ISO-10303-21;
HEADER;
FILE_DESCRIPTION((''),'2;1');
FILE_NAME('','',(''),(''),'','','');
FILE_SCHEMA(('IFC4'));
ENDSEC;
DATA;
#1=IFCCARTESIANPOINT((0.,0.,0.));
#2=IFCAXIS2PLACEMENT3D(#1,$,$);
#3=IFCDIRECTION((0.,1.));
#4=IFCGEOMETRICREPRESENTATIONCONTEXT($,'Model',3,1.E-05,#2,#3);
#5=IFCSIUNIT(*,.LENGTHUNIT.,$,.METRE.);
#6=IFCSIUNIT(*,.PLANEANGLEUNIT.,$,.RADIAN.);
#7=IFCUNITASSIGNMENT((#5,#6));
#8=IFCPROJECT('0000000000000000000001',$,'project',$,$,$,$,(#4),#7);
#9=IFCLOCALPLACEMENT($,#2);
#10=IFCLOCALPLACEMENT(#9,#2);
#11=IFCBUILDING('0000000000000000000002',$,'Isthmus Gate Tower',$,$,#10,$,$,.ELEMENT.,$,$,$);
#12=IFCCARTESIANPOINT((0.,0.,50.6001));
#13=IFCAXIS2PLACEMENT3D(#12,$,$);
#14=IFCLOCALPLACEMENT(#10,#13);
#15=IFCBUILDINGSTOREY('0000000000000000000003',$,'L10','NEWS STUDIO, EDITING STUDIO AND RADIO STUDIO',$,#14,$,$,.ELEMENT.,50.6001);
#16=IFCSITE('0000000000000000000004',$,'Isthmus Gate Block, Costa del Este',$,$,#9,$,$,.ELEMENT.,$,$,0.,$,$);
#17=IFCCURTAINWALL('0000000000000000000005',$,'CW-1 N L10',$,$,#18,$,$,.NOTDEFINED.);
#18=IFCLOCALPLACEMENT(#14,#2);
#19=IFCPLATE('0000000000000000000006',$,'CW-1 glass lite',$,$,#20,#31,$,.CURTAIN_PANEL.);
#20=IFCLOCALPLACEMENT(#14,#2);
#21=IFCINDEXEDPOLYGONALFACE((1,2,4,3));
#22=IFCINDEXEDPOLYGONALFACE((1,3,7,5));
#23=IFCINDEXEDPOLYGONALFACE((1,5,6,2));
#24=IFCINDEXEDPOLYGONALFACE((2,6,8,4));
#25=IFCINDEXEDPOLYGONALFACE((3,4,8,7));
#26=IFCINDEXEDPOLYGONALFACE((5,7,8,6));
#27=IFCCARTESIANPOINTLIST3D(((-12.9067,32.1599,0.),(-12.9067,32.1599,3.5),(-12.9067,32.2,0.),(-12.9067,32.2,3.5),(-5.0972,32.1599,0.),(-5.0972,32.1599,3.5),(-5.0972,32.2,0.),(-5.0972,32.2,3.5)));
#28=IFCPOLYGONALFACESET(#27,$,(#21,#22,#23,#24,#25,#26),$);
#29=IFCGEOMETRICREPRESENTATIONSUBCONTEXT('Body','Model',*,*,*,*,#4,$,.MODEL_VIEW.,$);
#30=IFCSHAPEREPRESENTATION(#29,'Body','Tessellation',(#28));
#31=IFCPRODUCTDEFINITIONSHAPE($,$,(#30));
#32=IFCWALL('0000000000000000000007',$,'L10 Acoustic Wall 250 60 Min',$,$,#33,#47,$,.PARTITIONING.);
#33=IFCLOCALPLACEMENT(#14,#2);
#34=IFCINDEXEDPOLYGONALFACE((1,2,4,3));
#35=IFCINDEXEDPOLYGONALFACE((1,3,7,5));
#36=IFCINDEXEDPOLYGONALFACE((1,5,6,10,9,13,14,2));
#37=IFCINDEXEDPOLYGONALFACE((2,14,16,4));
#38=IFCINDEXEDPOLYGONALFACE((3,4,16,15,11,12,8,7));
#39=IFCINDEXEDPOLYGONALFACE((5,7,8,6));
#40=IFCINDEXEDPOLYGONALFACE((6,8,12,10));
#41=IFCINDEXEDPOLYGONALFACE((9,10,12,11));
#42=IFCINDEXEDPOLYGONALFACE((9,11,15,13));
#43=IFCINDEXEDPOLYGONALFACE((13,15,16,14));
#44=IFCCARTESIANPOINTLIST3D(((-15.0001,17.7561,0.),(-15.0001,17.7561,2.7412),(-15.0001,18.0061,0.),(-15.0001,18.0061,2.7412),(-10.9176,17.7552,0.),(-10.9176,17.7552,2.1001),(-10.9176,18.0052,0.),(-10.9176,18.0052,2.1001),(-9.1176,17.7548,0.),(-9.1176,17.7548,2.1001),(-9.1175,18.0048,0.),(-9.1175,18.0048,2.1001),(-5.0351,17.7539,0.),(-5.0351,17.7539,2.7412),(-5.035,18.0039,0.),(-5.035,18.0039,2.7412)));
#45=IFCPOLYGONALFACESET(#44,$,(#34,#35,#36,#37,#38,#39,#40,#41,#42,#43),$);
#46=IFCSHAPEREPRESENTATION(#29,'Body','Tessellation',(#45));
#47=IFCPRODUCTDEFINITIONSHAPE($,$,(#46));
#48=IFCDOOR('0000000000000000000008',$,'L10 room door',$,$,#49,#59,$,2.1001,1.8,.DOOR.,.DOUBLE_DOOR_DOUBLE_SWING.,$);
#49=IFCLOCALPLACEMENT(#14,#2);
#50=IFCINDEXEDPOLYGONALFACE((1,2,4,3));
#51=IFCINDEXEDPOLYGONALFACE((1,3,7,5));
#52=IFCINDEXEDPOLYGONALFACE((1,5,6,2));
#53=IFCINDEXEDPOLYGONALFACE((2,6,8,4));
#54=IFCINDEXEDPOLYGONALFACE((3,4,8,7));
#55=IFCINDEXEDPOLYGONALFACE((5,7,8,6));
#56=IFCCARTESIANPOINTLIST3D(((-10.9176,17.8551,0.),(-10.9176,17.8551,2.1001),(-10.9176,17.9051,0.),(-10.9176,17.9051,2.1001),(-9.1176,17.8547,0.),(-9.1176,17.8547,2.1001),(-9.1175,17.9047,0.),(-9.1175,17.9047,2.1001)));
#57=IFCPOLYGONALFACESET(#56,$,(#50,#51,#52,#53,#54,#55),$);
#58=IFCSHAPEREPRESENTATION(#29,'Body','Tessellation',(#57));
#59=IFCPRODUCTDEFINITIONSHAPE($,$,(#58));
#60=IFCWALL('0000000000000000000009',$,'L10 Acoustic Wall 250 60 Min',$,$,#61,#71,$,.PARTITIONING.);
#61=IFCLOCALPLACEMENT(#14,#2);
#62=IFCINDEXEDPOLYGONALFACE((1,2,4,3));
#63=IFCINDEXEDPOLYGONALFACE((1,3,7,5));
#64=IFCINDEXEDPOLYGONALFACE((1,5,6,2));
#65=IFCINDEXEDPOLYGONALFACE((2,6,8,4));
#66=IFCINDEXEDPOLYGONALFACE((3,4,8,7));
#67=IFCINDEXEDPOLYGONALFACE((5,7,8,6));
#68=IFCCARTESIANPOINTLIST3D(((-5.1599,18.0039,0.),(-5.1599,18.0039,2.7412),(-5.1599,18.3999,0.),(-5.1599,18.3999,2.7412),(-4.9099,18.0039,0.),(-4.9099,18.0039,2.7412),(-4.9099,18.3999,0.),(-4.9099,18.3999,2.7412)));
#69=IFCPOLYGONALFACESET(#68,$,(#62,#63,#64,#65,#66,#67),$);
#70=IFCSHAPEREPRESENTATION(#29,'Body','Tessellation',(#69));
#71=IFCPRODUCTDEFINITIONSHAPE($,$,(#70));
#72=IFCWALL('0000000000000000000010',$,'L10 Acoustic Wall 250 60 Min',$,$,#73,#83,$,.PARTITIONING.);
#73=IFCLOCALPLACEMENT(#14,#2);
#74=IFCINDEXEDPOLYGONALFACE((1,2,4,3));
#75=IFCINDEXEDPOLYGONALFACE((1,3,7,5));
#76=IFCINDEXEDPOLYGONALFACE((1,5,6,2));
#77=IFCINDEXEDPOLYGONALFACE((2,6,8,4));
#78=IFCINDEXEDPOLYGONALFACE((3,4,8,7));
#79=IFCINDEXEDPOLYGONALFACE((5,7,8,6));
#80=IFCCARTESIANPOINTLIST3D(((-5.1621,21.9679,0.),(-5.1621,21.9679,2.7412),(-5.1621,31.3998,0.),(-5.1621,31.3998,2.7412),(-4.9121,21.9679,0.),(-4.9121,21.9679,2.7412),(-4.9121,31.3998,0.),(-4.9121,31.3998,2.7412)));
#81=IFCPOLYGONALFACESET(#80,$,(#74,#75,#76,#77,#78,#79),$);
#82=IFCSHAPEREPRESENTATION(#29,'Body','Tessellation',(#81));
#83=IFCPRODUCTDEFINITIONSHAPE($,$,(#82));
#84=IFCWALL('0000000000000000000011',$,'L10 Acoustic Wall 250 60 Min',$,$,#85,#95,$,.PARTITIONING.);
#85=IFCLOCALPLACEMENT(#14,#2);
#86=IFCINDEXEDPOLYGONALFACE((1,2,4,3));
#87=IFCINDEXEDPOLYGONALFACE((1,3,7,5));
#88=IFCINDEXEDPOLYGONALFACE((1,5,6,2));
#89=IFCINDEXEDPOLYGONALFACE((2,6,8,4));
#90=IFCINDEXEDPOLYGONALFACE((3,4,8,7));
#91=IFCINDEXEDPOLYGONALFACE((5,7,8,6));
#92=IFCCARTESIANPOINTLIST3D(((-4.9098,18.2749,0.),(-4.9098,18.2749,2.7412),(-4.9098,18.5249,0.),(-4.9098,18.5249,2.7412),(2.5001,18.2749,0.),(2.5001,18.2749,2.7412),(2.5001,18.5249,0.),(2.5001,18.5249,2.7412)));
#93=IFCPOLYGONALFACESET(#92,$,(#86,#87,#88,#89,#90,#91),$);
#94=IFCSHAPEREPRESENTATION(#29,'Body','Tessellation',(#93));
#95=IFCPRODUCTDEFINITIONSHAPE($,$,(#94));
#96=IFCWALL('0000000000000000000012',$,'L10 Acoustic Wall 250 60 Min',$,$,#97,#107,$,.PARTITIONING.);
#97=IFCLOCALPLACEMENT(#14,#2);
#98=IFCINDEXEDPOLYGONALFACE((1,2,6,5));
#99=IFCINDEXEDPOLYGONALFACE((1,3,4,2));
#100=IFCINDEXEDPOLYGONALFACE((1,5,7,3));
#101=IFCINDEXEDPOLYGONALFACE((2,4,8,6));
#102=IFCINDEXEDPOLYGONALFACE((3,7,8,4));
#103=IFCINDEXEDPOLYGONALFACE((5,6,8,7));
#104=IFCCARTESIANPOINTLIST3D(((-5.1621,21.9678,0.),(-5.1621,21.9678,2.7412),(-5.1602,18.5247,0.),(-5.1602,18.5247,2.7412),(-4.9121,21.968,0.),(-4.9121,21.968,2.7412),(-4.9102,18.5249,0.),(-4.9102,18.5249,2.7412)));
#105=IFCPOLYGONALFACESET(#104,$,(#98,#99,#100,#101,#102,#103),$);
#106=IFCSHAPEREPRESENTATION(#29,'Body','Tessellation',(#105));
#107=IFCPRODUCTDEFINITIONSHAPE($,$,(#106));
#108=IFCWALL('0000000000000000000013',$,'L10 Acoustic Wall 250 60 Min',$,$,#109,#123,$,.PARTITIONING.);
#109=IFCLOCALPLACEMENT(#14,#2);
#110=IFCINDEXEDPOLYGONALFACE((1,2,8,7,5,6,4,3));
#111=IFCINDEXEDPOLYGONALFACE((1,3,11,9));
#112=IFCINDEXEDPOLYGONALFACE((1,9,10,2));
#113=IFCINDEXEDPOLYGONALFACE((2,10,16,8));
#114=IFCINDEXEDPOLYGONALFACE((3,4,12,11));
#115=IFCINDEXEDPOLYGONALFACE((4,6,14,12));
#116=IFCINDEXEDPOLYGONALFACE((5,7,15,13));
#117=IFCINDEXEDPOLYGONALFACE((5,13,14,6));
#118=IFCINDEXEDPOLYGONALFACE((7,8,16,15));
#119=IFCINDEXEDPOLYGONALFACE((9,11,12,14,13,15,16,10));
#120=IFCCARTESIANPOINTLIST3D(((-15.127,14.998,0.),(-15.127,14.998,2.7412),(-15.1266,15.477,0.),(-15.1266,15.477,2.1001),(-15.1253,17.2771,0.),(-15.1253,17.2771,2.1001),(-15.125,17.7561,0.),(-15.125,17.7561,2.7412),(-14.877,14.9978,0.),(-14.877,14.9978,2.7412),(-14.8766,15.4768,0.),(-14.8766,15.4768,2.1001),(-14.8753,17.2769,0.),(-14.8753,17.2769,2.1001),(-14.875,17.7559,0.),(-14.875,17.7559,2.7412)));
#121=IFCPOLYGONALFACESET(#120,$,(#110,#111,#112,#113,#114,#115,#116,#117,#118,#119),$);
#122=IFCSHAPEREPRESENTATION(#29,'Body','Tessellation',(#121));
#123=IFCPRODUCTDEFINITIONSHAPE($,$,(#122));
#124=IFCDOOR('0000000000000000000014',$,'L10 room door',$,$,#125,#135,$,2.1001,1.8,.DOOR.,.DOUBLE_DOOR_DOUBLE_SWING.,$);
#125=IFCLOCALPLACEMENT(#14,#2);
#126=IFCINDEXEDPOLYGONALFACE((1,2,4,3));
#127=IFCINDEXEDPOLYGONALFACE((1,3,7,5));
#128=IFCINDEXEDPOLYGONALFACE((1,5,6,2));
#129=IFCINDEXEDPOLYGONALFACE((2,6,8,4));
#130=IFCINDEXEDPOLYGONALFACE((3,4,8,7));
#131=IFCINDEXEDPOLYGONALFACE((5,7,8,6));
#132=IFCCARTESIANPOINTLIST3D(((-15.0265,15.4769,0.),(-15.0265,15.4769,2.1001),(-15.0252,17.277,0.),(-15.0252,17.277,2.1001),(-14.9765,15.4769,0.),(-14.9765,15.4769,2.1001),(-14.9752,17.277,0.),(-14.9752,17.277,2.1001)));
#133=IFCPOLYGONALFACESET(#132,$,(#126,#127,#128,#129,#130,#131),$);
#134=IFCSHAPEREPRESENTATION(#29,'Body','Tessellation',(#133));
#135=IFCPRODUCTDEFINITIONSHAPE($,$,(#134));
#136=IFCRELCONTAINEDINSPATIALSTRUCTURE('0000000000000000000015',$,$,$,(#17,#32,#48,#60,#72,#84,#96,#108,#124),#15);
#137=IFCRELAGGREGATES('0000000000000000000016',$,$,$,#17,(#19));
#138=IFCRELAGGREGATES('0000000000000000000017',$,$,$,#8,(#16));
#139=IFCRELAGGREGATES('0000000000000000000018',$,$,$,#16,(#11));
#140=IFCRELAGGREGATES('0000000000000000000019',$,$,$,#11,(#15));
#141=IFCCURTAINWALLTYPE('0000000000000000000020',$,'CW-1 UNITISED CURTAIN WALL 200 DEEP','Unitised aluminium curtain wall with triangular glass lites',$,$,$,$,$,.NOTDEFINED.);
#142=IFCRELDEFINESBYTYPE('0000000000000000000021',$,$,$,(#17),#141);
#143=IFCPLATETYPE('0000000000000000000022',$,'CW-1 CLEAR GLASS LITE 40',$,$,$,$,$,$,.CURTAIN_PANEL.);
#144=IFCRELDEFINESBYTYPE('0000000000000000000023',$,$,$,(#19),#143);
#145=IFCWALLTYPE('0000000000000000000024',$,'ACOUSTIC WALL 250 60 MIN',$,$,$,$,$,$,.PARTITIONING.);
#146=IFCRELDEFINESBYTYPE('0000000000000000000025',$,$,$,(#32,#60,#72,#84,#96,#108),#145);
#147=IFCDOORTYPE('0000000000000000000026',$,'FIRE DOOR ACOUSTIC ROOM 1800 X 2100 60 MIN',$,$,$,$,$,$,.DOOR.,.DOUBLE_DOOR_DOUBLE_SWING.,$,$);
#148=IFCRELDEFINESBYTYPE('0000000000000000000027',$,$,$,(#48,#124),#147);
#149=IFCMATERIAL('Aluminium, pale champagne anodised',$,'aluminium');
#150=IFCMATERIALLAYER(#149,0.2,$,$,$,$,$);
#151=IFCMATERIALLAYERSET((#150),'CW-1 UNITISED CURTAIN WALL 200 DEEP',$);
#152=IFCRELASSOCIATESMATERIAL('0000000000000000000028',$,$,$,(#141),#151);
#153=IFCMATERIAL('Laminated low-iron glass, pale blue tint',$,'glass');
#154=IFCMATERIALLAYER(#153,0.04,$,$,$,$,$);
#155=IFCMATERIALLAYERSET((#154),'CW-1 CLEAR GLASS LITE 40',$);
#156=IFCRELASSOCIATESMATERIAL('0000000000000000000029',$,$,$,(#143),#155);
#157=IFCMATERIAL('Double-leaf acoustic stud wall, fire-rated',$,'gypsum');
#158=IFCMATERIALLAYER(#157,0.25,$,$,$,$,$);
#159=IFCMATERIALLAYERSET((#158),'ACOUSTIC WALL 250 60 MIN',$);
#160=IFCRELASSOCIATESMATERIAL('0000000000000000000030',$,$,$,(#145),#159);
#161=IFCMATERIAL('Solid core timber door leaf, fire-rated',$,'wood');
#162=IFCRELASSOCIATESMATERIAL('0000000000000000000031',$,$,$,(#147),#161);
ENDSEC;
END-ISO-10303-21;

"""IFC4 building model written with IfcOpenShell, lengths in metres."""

from ifc_helpers import new_model, si_unit, direction, frame, frame_2d, origin, origin_2d, place, context, subcontext, project, spatial, rectangle, extrude, material, layer, layer_set, type_object, element, fill, aggregate, save


model = new_model("IFC4")

# Units and contexts
model_context = context("Model", 3, precision=1e-05, world=origin(), true_north=direction((0.0, 1.0)))
body_context = subcontext(model_context, "Body", "Model", "MODEL_VIEW")
ifc_project = project(units=[si_unit("LENGTHUNIT", "METRE"), si_unit("PLANEANGLEUNIT", "RADIAN")], contexts=[model_context])

# Site, building, storey
site_placement = place(None, origin())
site = spatial("IfcSite", under=ifc_project, at=site_placement, Name="Isthmus Gate Block, Costa del Este", CompositionType="ELEMENT", RefElevation=0.0)
building_placement = place(site_placement, origin())
building = spatial("IfcBuilding", under=site, at=building_placement, Name="Isthmus Gate Tower", CompositionType="ELEMENT")
storey_placement = place(building_placement, frame((0.0, 0.0, 50.6001)))
storey = spatial("IfcBuildingStorey", under=building, at=storey_placement, Name="L10", Description="NEWS STUDIO, EDITING STUDIO AND RADIO STUDIO", CompositionType="ELEMENT", Elevation=50.6001)

# Curtain wall
ifc_material_1 = material(Name="Aluminium, pale champagne anodised", Category="aluminium")
ifc_layer_1 = layer(ifc_material_1, 0.2)
ifc_layer_set_1 = layer_set([ifc_layer_1], Name="CW-1 UNITISED CURTAIN WALL 200 DEEP")
curtain_wall_type = type_object("IfcCurtainWallType", Name="CW-1 UNITISED CURTAIN WALL 200 DEEP", Description="Unitised aluminium curtain wall with triangular glass lites", PredefinedType="NOTDEFINED", material=ifc_layer_set_1)
curtain_wall_placement = place(storey_placement, origin())
curtain_wall = element("IfcCurtainWall", 1, at=curtain_wall_placement, inside=storey, type_object=curtain_wall_type, Name="CW-1 N L10", PredefinedType="NOTDEFINED")

# Plate
ifc_material_2 = material(Name="Laminated low-iron glass, pale blue tint", Category="glass")
ifc_layer_2 = layer(ifc_material_2, 0.04)
ifc_layer_set_2 = layer_set([ifc_layer_2], Name="CW-1 CLEAR GLASS LITE 40")
plate_type = type_object("IfcPlateType", Name="CW-1 CLEAR GLASS LITE 40", PredefinedType="CURTAIN_PANEL", material=ifc_layer_set_2)
plate_1_placement = place(storey_placement, frame((-9.002, 32.1799, 0.0), z_axis=(0.0, 0.0, 1.0), x_axis=(-1.0, 0.0, 0.0)))
plate_1 = element("IfcPlate", 2, at=plate_1_placement, type_object=plate_type, Name="CW-1 glass lite", PredefinedType="CURTAIN_PANEL", context=body_context, shape_type="SweptSolid", body=[
    extrude(rectangle(XDim=7.8096, YDim=0.04, at=origin_2d()), origin(), (0.0, 0.0, 1.0), 3.5),
])
aggregate(curtain_wall, [plate_1])

# Wall, opening, door
ifc_material_3 = material(Name="Double-leaf acoustic stud wall, fire-rated", Category="gypsum")
ifc_layer_3 = layer(ifc_material_3, 0.25)
ifc_layer_set_3 = layer_set([ifc_layer_3], Name="ACOUSTIC WALL 250 60 MIN")
wall_type = type_object("IfcWallType", Name="ACOUSTIC WALL 250 60 MIN", PredefinedType="PARTITIONING", material=ifc_layer_set_3)
wall_1_placement = place(storey_placement, frame((-15.0, 17.8811, 0.0), z_axis=(0.0, 0.0, 1.0), x_axis=(1.0, -0.00022, 0.0)))
wall_1 = element("IfcWall", 3, at=wall_1_placement, inside=storey, type_object=wall_type, Name="L10 Acoustic Wall 250 60 Min", PredefinedType="PARTITIONING", context=body_context, shape_type="SweptSolid", body=[
    extrude(rectangle(XDim=9.9651, YDim=0.25, at=frame_2d((4.9824, 0.0))), origin(), (0.0, 0.0, 1.0), 2.7412),
])
opening_1_placement = place(wall_1_placement, frame((4.0825, 0.0, 0.0)))
opening_1 = element("IfcOpeningElement", 4, at=opening_1_placement, cuts=wall_1, PredefinedType="OPENING", context=body_context, shape_type="SweptSolid", body=[
    extrude(rectangle(XDim=1.8, YDim=2.1001, at=frame_2d((0.8999, 1.05))), frame((0.0, 0.135, 0.0), z_axis=(0.0, -1.0, 0.0), x_axis=(1.0, 0.0, 0.0)), (0.0, 0.0, 1.0), 0.27),
])
ifc_material_4 = material(Name="Solid core timber door leaf, fire-rated", Category="wood")
door_type = type_object("IfcDoorType", Name="FIRE DOOR ACOUSTIC ROOM 1800 X 2100 60 MIN", OperationType="DOUBLE_DOOR_DOUBLE_SWING", PredefinedType="DOOR", material=ifc_material_4)
door_1_placement = place(opening_1_placement, origin())
door_1 = element("IfcDoor", 5, at=door_1_placement, inside=storey, type_object=door_type, Name="L10 room door", OperationType="DOUBLE_DOOR_DOUBLE_SWING", OverallHeight=2.1001, OverallWidth=1.8, PredefinedType="DOOR", context=body_context, shape_type="SweptSolid", body=[
    extrude(rectangle(XDim=1.8, YDim=2.1001, at=frame_2d((0.8999, 1.05))), frame((0.0, 0.0249, 0.0), z_axis=(0.0, -1.0, 0.0), x_axis=(1.0, 0.0, 0.0)), (0.0, 0.0, 1.0), 0.05),
])
fill(opening_1, door_1)

# Walls
wall_2_placement = place(storey_placement, frame((-5.0349, 18.0039, 0.0), z_axis=(0.0, 0.0, 1.0), x_axis=(0.0, 1.0, 0.0)))
element("IfcWall", 6, at=wall_2_placement, inside=storey, type_object=wall_type, Name="L10 Acoustic Wall 250 60 Min", PredefinedType="PARTITIONING", context=body_context, shape_type="SweptSolid", body=[
    extrude(rectangle(XDim=0.396, YDim=0.25, at=frame_2d((0.198, 0.0))), origin(), (0.0, 0.0, 1.0), 2.7412),
])
wall_3_placement = place(storey_placement, frame((-5.0371, 21.968, 0.0), z_axis=(0.0, 0.0, 1.0), x_axis=(0.0, 1.0, 0.0)))
element("IfcWall", 7, at=wall_3_placement, inside=storey, type_object=wall_type, Name="L10 Acoustic Wall 250 60 Min", PredefinedType="PARTITIONING", context=body_context, shape_type="SweptSolid", body=[
    extrude(rectangle(XDim=9.4319, YDim=0.25, at=frame_2d((4.7158, 0.0))), origin(), (0.0, 0.0, 1.0), 2.7412),
])
wall_4_placement = place(storey_placement, frame((-4.9099, 18.3999, 0.0), z_axis=(0.0, 0.0, 1.0), x_axis=(1.0, 0.0, 0.0)))
element("IfcWall", 8, at=wall_4_placement, inside=storey, type_object=wall_type, Name="L10 Acoustic Wall 250 60 Min", PredefinedType="PARTITIONING", context=body_context, shape_type="SweptSolid", body=[
    extrude(rectangle(XDim=7.4099, YDim=0.25, at=frame_2d((3.7051, 0.0))), origin(), (0.0, 0.0, 1.0), 2.7412),
])
wall_5_placement = place(storey_placement, frame((-5.0371, 21.968, 0.0), z_axis=(0.0, 0.0, 1.0), x_axis=(0.000567, -1.0, 0.0)))
element("IfcWall", 9, at=wall_5_placement, inside=storey, type_object=wall_type, Name="L10 Acoustic Wall 250 60 Min", PredefinedType="PARTITIONING", context=body_context, shape_type="SweptSolid", body=[
    extrude(rectangle(XDim=3.4431, YDim=0.25, at=frame_2d((1.7217, 0.0))), origin(), (0.0, 0.0, 1.0), 2.7412),
])

# Wall, opening, door
wall_6_placement = place(storey_placement, frame((-15.002, 14.998, 0.0), z_axis=(0.0, 0.0, 1.0), x_axis=(0.000708, 1.0, 0.0)))
wall_6 = element("IfcWall", 10, at=wall_6_placement, inside=storey, type_object=wall_type, Name="L10 Acoustic Wall 250 60 Min", PredefinedType="PARTITIONING", context=body_context, shape_type="SweptSolid", body=[
    extrude(rectangle(XDim=2.7581, YDim=0.25, at=frame_2d((1.3789, 0.0))), origin(), (0.0, 0.0, 1.0), 2.7412),
])
opening_2_placement = place(wall_6_placement, frame((0.479, 0.0, 0.0)))
opening_2 = element("IfcOpeningElement", 11, at=opening_2_placement, cuts=wall_6, PredefinedType="OPENING", context=body_context, shape_type="SweptSolid", body=[
    extrude(rectangle(XDim=1.8, YDim=2.1001, at=frame_2d((0.8999, 1.05))), frame((0.0, 0.135, 0.0), z_axis=(0.0, -1.0, 0.0), x_axis=(1.0, 0.0, 0.0)), (0.0, 0.0, 1.0), 0.27),
])
door_2_placement = place(opening_2_placement, origin())
door_2 = element("IfcDoor", 12, at=door_2_placement, inside=storey, type_object=door_type, Name="L10 room door", OperationType="DOUBLE_DOOR_DOUBLE_SWING", OverallHeight=2.1001, OverallWidth=1.8, PredefinedType="DOOR", context=body_context, shape_type="SweptSolid", body=[
    extrude(rectangle(XDim=1.8, YDim=2.1001, at=frame_2d((0.8999, 1.05))), frame((0.0, 0.0249, 0.0), z_axis=(0.0, -1.0, 0.0), x_axis=(1.0, 0.0, 0.0)), (0.0, 0.0, 1.0), 0.05),
])
fill(opening_2, door_2)

save(model, "model.ifc")
